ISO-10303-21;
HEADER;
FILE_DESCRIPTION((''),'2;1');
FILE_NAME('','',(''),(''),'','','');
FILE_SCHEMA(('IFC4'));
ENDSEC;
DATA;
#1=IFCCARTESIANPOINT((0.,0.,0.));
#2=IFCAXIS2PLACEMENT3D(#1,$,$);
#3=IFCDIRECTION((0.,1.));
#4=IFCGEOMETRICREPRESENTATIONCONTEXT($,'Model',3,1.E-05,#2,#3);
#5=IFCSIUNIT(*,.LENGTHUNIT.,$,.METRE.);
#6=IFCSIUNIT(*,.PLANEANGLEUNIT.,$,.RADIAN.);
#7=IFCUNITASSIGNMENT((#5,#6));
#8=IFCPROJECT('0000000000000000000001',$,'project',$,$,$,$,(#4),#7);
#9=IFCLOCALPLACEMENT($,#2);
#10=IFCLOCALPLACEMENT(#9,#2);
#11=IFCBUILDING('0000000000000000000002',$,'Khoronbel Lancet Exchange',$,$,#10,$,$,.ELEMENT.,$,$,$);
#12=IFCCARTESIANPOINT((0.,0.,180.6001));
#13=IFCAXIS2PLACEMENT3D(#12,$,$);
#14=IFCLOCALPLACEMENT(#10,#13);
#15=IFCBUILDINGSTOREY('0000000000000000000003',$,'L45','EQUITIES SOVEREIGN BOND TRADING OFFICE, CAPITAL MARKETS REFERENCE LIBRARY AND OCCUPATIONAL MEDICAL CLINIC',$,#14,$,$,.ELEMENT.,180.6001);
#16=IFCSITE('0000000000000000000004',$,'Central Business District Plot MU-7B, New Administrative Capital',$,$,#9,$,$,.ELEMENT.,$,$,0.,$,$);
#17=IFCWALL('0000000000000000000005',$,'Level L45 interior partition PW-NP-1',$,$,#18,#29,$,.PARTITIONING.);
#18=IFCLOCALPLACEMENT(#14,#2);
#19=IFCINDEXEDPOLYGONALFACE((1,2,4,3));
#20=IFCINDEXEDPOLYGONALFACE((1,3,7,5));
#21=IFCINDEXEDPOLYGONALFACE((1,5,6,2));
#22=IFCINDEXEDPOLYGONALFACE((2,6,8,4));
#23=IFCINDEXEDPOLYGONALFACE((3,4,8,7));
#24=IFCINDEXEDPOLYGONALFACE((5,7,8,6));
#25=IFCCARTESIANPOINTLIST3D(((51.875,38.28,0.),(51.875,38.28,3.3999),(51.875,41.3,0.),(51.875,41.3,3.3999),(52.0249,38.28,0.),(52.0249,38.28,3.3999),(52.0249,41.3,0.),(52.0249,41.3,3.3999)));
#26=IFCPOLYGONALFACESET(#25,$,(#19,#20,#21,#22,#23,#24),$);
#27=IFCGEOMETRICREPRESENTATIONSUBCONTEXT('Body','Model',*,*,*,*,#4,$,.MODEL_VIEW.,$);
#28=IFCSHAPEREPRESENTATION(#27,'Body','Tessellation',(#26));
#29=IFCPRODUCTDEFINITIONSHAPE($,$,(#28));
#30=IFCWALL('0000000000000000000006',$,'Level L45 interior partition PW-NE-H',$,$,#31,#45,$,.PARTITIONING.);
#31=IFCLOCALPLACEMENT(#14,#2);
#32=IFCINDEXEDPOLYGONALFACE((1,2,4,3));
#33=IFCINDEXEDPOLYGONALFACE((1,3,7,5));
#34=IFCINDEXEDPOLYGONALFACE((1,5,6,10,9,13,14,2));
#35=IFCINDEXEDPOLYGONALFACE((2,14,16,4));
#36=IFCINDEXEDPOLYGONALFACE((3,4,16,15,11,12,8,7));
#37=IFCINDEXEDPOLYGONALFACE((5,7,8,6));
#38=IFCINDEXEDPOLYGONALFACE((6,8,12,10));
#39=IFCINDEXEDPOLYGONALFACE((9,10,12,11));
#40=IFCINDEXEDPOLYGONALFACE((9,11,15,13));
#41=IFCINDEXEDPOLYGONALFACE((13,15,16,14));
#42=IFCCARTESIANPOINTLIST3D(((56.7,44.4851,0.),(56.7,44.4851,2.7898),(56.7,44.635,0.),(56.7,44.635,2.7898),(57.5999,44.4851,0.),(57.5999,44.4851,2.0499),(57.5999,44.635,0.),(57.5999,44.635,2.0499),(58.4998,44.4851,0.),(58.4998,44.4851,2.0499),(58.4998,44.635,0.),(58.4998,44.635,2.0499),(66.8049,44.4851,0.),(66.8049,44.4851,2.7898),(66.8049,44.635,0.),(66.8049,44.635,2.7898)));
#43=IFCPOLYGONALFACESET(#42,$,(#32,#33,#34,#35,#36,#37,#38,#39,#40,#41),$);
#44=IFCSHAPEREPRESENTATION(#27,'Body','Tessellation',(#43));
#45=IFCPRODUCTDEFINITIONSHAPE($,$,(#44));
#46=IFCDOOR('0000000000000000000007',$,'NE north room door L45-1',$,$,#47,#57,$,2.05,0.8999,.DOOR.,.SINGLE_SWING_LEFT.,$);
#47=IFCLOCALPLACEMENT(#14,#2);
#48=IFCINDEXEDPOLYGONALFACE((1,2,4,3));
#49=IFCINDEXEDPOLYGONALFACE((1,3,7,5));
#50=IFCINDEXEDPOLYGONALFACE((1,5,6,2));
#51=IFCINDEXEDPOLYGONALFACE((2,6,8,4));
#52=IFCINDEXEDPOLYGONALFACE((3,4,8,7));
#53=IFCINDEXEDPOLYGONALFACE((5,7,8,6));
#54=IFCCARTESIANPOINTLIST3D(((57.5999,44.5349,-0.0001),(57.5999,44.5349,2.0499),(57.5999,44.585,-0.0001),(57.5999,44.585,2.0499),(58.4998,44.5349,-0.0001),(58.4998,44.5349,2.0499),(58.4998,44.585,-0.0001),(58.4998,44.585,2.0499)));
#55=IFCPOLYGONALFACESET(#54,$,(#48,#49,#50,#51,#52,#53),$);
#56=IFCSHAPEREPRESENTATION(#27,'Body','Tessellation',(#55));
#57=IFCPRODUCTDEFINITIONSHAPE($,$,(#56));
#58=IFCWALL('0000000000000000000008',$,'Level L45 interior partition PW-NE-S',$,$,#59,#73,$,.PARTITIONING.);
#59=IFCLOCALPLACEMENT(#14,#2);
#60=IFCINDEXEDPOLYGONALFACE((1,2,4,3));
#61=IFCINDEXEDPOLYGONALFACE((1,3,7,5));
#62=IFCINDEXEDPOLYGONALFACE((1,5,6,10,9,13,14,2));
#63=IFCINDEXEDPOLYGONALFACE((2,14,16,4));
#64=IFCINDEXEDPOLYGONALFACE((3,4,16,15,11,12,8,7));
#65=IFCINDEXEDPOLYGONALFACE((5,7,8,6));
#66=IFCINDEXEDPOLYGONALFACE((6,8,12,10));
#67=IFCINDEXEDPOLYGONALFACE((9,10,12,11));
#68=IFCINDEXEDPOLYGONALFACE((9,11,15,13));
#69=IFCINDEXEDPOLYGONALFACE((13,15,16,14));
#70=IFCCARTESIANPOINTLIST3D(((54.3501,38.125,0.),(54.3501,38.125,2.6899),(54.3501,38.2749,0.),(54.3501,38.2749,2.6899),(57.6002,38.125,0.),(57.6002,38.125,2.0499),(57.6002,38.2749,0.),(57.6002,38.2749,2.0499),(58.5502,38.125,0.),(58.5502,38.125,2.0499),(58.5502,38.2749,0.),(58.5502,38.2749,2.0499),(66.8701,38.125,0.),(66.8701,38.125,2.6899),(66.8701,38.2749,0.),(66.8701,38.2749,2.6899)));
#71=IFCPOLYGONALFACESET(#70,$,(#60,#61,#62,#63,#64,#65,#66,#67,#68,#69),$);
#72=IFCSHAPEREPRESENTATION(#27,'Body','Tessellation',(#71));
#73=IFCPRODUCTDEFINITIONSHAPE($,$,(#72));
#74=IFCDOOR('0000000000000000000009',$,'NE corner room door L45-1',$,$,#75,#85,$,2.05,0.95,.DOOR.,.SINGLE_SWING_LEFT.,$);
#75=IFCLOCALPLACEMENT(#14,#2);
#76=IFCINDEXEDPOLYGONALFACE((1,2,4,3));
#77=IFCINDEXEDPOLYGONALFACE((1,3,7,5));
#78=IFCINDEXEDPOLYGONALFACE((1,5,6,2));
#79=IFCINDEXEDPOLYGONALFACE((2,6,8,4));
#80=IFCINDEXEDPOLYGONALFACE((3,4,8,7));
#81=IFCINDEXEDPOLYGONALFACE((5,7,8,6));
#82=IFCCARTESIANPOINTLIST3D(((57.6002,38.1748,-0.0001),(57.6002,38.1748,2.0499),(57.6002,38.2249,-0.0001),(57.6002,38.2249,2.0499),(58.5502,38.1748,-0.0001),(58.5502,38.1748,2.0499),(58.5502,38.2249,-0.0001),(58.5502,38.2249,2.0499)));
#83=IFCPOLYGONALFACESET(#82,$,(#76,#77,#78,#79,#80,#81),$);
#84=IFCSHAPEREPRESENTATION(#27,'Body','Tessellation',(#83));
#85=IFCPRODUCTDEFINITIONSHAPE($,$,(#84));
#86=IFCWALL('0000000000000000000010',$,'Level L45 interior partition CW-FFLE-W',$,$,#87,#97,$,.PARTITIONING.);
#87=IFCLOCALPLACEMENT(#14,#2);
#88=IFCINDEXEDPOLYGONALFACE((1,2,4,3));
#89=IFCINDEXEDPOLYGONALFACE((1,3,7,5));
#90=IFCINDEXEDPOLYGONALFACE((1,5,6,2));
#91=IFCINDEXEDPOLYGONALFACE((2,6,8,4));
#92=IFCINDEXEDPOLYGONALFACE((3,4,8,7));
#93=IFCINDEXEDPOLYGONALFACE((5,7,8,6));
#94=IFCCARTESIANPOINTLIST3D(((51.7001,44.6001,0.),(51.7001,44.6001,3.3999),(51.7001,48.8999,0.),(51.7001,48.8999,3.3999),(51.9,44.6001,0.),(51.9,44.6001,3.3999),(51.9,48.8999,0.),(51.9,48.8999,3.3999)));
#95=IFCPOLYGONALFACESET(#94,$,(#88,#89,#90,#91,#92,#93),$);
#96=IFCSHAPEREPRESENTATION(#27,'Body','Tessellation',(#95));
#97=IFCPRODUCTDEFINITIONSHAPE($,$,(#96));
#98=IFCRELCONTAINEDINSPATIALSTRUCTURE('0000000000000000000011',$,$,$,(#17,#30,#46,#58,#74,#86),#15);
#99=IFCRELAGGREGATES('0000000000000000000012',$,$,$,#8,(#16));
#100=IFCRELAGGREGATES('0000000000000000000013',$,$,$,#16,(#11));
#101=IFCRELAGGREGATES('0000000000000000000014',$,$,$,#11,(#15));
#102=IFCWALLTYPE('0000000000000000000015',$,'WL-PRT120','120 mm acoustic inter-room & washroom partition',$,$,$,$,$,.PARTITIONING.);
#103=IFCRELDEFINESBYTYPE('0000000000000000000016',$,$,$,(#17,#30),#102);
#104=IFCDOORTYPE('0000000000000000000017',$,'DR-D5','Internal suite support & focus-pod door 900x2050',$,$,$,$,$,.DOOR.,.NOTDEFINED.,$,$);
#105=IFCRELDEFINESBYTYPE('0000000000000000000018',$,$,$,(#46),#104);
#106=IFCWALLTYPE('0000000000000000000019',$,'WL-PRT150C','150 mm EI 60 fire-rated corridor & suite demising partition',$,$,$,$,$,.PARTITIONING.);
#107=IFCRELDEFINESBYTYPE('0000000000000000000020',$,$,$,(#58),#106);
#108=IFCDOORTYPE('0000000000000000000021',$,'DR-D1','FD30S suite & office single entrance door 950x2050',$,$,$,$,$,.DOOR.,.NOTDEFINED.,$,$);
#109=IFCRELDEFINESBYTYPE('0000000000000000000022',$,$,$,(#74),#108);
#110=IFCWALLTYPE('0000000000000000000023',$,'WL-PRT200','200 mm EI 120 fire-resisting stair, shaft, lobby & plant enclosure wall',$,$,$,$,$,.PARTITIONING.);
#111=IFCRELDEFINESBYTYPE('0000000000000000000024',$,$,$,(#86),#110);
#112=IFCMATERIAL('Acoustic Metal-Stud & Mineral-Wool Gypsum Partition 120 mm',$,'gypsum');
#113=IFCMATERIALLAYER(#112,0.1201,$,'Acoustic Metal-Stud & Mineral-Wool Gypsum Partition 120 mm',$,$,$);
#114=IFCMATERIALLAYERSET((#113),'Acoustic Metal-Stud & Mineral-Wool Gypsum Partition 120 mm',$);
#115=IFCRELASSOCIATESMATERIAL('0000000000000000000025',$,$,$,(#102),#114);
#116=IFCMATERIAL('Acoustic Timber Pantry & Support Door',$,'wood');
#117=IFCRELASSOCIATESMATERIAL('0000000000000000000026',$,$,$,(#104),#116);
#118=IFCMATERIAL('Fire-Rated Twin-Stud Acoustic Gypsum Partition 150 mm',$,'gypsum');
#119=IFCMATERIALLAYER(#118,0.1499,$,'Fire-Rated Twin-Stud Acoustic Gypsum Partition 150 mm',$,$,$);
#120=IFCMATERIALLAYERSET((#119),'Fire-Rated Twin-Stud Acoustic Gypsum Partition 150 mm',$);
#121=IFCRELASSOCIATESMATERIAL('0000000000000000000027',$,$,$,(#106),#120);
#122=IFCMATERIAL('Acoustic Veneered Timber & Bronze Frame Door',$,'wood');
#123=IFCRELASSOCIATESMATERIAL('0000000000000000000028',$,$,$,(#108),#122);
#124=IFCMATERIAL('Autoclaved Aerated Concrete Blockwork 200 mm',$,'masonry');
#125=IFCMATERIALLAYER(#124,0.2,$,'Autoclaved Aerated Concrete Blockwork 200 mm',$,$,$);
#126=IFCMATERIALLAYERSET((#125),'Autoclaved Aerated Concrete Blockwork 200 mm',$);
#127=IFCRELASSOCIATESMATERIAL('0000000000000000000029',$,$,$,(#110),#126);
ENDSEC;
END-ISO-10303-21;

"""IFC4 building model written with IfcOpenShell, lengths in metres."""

from ifc_helpers import new_model, si_unit, direction, frame, frame_2d, origin, place, context, subcontext, project, spatial, rectangle, extrude, material, layer, layer_set, type_object, element, fill, save


model = new_model("IFC4")

# Units and contexts
model_context = context("Model", 3, precision=1e-05, world=origin(), true_north=direction((0.0, 1.0)))
body_context = subcontext(model_context, "Body", "Model", "MODEL_VIEW")
ifc_project = project(units=[si_unit("LENGTHUNIT", "METRE"), si_unit("PLANEANGLEUNIT", "RADIAN")], contexts=[model_context])

# Site, building, storey
site_placement = place(None, origin())
site = spatial("IfcSite", under=ifc_project, at=site_placement, Name="Central Business District Plot MU-7B, New Administrative Capital", CompositionType="ELEMENT", RefElevation=0.0)
building_placement = place(site_placement, origin())
building = spatial("IfcBuilding", under=site, at=building_placement, Name="Khoronbel Lancet Exchange", CompositionType="ELEMENT")
storey_placement = place(building_placement, frame((0.0, 0.0, 180.6001)))
storey = spatial("IfcBuildingStorey", under=building, at=storey_placement, Name="L45", Description="EQUITIES SOVEREIGN BOND TRADING OFFICE, CAPITAL MARKETS REFERENCE LIBRARY AND OCCUPATIONAL MEDICAL CLINIC", CompositionType="ELEMENT", Elevation=180.6001)

# Wall
ifc_material_1 = material(Name="Acoustic Metal-Stud & Mineral-Wool Gypsum Partition 120 mm", Category="gypsum")
ifc_layer_1 = layer(ifc_material_1, 0.1201, Name="Acoustic Metal-Stud & Mineral-Wool Gypsum Partition 120 mm")
ifc_layer_set_1 = layer_set([ifc_layer_1], Name="Acoustic Metal-Stud & Mineral-Wool Gypsum Partition 120 mm")
wall_type_1 = type_object("IfcWallType", Name="WL-PRT120", Description="120 mm acoustic inter-room & washroom partition", PredefinedType="PARTITIONING", material=ifc_layer_set_1)
wall_1_placement = place(storey_placement, frame((51.95, 38.28, 0.0), z_axis=(0.0, 0.0, 1.0), x_axis=(0.0, 1.0, 0.0)))
element("IfcWall", 1, at=wall_1_placement, inside=storey, type_object=wall_type_1, Name="Level L45 interior partition PW-NP-1", PredefinedType="PARTITIONING", context=body_context, shape_type="SweptSolid", body=[
    extrude(rectangle(XDim=3.02, YDim=0.1499, at=frame_2d((1.51, 0.0))), origin(), (0.0, 0.0, 1.0), 3.3999),
])

# Walls, openings, doors
wall_2_placement = place(storey_placement, frame((56.7, 44.5601, 0.0), z_axis=(0.0, 0.0, 1.0), x_axis=(1.0, 0.0, 0.0)))
wall_2 = element("IfcWall", 2, at=wall_2_placement, inside=storey, type_object=wall_type_1, Name="Level L45 interior partition PW-NE-H", PredefinedType="PARTITIONING", context=body_context, shape_type="SweptSolid", body=[
    extrude(rectangle(XDim=10.105, YDim=0.1499, at=frame_2d((5.0525, 0.0))), origin(), (0.0, 0.0, 1.0), 2.7898),
])
opening_1_placement = place(wall_2_placement, frame((0.8999, 0.0, 0.0)))
opening_1 = element("IfcOpeningElement", 3, at=opening_1_placement, cuts=wall_2, PredefinedType="OPENING", context=body_context, shape_type="SweptSolid", body=[
    extrude(rectangle(XDim=0.8999, YDim=2.05, at=frame_2d((0.45, 1.0249))), frame((0.0, 0.085, 0.0), z_axis=(0.0, -1.0, 0.0), x_axis=(1.0, 0.0, 0.0)), (0.0, 0.0, 1.0), 0.1699),
])
ifc_material_2 = material(Name="Acoustic Timber Pantry & Support Door", Category="wood")
door_type_1 = type_object("IfcDoorType", Name="DR-D5", Description="Internal suite support & focus-pod door 900x2050", OperationType="NOTDEFINED", PredefinedType="DOOR", material=ifc_material_2)
door_1_placement = place(opening_1_placement, origin())
door_1 = element("IfcDoor", 4, at=door_1_placement, inside=storey, type_object=door_type_1, Name="NE north room door L45-1", OperationType="SINGLE_SWING_LEFT", OverallHeight=2.05, OverallWidth=0.8999, PredefinedType="DOOR", context=body_context, shape_type="SweptSolid", body=[
    extrude(rectangle(XDim=0.8999, YDim=2.05, at=frame_2d((0.45, 1.0249))), frame((0.0, 0.0249, 0.0), z_axis=(0.0, -1.0, 0.0), x_axis=(1.0, 0.0, 0.0)), (0.0, 0.0, 1.0), 0.05),
])
fill(opening_1, door_1)
ifc_material_3 = material(Name="Fire-Rated Twin-Stud Acoustic Gypsum Partition 150 mm", Category="gypsum")
ifc_layer_2 = layer(ifc_material_3, 0.1499, Name="Fire-Rated Twin-Stud Acoustic Gypsum Partition 150 mm")
ifc_layer_set_2 = layer_set([ifc_layer_2], Name="Fire-Rated Twin-Stud Acoustic Gypsum Partition 150 mm")
wall_type_2 = type_object("IfcWallType", Name="WL-PRT150C", Description="150 mm EI 60 fire-rated corridor & suite demising partition", PredefinedType="PARTITIONING", material=ifc_layer_set_2)
wall_3_placement = place(storey_placement, frame((54.3501, 38.2, 0.0), z_axis=(0.0, 0.0, 1.0), x_axis=(1.0, 0.0, 0.0)))
wall_3 = element("IfcWall", 5, at=wall_3_placement, inside=storey, type_object=wall_type_2, Name="Level L45 interior partition PW-NE-S", PredefinedType="PARTITIONING", context=body_context, shape_type="SweptSolid", body=[
    extrude(rectangle(XDim=12.52, YDim=0.1499, at=frame_2d((6.26, 0.0))), origin(), (0.0, 0.0, 1.0), 2.6899),
])
opening_2_placement = place(wall_3_placement, frame((3.25, 0.0, 0.0)))
opening_2 = element("IfcOpeningElement", 6, at=opening_2_placement, cuts=wall_3, PredefinedType="OPENING", context=body_context, shape_type="SweptSolid", body=[
    extrude(rectangle(XDim=0.95, YDim=2.05, at=frame_2d((0.4751, 1.0249))), frame((0.0, 0.085, 0.0), z_axis=(0.0, -1.0, 0.0), x_axis=(1.0, 0.0, 0.0)), (0.0, 0.0, 1.0), 0.1699),
])
ifc_material_4 = material(Name="Acoustic Veneered Timber & Bronze Frame Door", Category="wood")
door_type_2 = type_object("IfcDoorType", Name="DR-D1", Description="FD30S suite & office single entrance door 950x2050", OperationType="NOTDEFINED", PredefinedType="DOOR", material=ifc_material_4)
door_2_placement = place(opening_2_placement, origin())
door_2 = element("IfcDoor", 7, at=door_2_placement, inside=storey, type_object=door_type_2, Name="NE corner room door L45-1", OperationType="SINGLE_SWING_LEFT", OverallHeight=2.05, OverallWidth=0.95, PredefinedType="DOOR", context=body_context, shape_type="SweptSolid", body=[
    extrude(rectangle(XDim=0.95, YDim=2.05, at=frame_2d((0.4751, 1.0249))), frame((0.0, 0.0249, 0.0), z_axis=(0.0, -1.0, 0.0), x_axis=(1.0, 0.0, 0.0)), (0.0, 0.0, 1.0), 0.05),
])
fill(opening_2, door_2)

# Wall
ifc_material_5 = material(Name="Autoclaved Aerated Concrete Blockwork 200 mm", Category="masonry")
ifc_layer_3 = layer(ifc_material_5, 0.2, Name="Autoclaved Aerated Concrete Blockwork 200 mm")
ifc_layer_set_3 = layer_set([ifc_layer_3], Name="Autoclaved Aerated Concrete Blockwork 200 mm")
wall_type_3 = type_object("IfcWallType", Name="WL-PRT200", Description="200 mm EI 120 fire-resisting stair, shaft, lobby & plant enclosure wall", PredefinedType="PARTITIONING", material=ifc_layer_set_3)
wall_4_placement = place(storey_placement, frame((51.8, 44.6001, 0.0), z_axis=(0.0, 0.0, 1.0), x_axis=(0.0, 1.0, 0.0)))
element("IfcWall", 8, at=wall_4_placement, inside=storey, type_object=wall_type_3, Name="Level L45 interior partition CW-FFLE-W", PredefinedType="PARTITIONING", context=body_context, shape_type="SweptSolid", body=[
    extrude(rectangle(XDim=4.2998, YDim=0.2, at=frame_2d((2.1499, 0.0))), origin(), (0.0, 0.0, 1.0), 3.3999),
])

save(model, "model.ifc")
